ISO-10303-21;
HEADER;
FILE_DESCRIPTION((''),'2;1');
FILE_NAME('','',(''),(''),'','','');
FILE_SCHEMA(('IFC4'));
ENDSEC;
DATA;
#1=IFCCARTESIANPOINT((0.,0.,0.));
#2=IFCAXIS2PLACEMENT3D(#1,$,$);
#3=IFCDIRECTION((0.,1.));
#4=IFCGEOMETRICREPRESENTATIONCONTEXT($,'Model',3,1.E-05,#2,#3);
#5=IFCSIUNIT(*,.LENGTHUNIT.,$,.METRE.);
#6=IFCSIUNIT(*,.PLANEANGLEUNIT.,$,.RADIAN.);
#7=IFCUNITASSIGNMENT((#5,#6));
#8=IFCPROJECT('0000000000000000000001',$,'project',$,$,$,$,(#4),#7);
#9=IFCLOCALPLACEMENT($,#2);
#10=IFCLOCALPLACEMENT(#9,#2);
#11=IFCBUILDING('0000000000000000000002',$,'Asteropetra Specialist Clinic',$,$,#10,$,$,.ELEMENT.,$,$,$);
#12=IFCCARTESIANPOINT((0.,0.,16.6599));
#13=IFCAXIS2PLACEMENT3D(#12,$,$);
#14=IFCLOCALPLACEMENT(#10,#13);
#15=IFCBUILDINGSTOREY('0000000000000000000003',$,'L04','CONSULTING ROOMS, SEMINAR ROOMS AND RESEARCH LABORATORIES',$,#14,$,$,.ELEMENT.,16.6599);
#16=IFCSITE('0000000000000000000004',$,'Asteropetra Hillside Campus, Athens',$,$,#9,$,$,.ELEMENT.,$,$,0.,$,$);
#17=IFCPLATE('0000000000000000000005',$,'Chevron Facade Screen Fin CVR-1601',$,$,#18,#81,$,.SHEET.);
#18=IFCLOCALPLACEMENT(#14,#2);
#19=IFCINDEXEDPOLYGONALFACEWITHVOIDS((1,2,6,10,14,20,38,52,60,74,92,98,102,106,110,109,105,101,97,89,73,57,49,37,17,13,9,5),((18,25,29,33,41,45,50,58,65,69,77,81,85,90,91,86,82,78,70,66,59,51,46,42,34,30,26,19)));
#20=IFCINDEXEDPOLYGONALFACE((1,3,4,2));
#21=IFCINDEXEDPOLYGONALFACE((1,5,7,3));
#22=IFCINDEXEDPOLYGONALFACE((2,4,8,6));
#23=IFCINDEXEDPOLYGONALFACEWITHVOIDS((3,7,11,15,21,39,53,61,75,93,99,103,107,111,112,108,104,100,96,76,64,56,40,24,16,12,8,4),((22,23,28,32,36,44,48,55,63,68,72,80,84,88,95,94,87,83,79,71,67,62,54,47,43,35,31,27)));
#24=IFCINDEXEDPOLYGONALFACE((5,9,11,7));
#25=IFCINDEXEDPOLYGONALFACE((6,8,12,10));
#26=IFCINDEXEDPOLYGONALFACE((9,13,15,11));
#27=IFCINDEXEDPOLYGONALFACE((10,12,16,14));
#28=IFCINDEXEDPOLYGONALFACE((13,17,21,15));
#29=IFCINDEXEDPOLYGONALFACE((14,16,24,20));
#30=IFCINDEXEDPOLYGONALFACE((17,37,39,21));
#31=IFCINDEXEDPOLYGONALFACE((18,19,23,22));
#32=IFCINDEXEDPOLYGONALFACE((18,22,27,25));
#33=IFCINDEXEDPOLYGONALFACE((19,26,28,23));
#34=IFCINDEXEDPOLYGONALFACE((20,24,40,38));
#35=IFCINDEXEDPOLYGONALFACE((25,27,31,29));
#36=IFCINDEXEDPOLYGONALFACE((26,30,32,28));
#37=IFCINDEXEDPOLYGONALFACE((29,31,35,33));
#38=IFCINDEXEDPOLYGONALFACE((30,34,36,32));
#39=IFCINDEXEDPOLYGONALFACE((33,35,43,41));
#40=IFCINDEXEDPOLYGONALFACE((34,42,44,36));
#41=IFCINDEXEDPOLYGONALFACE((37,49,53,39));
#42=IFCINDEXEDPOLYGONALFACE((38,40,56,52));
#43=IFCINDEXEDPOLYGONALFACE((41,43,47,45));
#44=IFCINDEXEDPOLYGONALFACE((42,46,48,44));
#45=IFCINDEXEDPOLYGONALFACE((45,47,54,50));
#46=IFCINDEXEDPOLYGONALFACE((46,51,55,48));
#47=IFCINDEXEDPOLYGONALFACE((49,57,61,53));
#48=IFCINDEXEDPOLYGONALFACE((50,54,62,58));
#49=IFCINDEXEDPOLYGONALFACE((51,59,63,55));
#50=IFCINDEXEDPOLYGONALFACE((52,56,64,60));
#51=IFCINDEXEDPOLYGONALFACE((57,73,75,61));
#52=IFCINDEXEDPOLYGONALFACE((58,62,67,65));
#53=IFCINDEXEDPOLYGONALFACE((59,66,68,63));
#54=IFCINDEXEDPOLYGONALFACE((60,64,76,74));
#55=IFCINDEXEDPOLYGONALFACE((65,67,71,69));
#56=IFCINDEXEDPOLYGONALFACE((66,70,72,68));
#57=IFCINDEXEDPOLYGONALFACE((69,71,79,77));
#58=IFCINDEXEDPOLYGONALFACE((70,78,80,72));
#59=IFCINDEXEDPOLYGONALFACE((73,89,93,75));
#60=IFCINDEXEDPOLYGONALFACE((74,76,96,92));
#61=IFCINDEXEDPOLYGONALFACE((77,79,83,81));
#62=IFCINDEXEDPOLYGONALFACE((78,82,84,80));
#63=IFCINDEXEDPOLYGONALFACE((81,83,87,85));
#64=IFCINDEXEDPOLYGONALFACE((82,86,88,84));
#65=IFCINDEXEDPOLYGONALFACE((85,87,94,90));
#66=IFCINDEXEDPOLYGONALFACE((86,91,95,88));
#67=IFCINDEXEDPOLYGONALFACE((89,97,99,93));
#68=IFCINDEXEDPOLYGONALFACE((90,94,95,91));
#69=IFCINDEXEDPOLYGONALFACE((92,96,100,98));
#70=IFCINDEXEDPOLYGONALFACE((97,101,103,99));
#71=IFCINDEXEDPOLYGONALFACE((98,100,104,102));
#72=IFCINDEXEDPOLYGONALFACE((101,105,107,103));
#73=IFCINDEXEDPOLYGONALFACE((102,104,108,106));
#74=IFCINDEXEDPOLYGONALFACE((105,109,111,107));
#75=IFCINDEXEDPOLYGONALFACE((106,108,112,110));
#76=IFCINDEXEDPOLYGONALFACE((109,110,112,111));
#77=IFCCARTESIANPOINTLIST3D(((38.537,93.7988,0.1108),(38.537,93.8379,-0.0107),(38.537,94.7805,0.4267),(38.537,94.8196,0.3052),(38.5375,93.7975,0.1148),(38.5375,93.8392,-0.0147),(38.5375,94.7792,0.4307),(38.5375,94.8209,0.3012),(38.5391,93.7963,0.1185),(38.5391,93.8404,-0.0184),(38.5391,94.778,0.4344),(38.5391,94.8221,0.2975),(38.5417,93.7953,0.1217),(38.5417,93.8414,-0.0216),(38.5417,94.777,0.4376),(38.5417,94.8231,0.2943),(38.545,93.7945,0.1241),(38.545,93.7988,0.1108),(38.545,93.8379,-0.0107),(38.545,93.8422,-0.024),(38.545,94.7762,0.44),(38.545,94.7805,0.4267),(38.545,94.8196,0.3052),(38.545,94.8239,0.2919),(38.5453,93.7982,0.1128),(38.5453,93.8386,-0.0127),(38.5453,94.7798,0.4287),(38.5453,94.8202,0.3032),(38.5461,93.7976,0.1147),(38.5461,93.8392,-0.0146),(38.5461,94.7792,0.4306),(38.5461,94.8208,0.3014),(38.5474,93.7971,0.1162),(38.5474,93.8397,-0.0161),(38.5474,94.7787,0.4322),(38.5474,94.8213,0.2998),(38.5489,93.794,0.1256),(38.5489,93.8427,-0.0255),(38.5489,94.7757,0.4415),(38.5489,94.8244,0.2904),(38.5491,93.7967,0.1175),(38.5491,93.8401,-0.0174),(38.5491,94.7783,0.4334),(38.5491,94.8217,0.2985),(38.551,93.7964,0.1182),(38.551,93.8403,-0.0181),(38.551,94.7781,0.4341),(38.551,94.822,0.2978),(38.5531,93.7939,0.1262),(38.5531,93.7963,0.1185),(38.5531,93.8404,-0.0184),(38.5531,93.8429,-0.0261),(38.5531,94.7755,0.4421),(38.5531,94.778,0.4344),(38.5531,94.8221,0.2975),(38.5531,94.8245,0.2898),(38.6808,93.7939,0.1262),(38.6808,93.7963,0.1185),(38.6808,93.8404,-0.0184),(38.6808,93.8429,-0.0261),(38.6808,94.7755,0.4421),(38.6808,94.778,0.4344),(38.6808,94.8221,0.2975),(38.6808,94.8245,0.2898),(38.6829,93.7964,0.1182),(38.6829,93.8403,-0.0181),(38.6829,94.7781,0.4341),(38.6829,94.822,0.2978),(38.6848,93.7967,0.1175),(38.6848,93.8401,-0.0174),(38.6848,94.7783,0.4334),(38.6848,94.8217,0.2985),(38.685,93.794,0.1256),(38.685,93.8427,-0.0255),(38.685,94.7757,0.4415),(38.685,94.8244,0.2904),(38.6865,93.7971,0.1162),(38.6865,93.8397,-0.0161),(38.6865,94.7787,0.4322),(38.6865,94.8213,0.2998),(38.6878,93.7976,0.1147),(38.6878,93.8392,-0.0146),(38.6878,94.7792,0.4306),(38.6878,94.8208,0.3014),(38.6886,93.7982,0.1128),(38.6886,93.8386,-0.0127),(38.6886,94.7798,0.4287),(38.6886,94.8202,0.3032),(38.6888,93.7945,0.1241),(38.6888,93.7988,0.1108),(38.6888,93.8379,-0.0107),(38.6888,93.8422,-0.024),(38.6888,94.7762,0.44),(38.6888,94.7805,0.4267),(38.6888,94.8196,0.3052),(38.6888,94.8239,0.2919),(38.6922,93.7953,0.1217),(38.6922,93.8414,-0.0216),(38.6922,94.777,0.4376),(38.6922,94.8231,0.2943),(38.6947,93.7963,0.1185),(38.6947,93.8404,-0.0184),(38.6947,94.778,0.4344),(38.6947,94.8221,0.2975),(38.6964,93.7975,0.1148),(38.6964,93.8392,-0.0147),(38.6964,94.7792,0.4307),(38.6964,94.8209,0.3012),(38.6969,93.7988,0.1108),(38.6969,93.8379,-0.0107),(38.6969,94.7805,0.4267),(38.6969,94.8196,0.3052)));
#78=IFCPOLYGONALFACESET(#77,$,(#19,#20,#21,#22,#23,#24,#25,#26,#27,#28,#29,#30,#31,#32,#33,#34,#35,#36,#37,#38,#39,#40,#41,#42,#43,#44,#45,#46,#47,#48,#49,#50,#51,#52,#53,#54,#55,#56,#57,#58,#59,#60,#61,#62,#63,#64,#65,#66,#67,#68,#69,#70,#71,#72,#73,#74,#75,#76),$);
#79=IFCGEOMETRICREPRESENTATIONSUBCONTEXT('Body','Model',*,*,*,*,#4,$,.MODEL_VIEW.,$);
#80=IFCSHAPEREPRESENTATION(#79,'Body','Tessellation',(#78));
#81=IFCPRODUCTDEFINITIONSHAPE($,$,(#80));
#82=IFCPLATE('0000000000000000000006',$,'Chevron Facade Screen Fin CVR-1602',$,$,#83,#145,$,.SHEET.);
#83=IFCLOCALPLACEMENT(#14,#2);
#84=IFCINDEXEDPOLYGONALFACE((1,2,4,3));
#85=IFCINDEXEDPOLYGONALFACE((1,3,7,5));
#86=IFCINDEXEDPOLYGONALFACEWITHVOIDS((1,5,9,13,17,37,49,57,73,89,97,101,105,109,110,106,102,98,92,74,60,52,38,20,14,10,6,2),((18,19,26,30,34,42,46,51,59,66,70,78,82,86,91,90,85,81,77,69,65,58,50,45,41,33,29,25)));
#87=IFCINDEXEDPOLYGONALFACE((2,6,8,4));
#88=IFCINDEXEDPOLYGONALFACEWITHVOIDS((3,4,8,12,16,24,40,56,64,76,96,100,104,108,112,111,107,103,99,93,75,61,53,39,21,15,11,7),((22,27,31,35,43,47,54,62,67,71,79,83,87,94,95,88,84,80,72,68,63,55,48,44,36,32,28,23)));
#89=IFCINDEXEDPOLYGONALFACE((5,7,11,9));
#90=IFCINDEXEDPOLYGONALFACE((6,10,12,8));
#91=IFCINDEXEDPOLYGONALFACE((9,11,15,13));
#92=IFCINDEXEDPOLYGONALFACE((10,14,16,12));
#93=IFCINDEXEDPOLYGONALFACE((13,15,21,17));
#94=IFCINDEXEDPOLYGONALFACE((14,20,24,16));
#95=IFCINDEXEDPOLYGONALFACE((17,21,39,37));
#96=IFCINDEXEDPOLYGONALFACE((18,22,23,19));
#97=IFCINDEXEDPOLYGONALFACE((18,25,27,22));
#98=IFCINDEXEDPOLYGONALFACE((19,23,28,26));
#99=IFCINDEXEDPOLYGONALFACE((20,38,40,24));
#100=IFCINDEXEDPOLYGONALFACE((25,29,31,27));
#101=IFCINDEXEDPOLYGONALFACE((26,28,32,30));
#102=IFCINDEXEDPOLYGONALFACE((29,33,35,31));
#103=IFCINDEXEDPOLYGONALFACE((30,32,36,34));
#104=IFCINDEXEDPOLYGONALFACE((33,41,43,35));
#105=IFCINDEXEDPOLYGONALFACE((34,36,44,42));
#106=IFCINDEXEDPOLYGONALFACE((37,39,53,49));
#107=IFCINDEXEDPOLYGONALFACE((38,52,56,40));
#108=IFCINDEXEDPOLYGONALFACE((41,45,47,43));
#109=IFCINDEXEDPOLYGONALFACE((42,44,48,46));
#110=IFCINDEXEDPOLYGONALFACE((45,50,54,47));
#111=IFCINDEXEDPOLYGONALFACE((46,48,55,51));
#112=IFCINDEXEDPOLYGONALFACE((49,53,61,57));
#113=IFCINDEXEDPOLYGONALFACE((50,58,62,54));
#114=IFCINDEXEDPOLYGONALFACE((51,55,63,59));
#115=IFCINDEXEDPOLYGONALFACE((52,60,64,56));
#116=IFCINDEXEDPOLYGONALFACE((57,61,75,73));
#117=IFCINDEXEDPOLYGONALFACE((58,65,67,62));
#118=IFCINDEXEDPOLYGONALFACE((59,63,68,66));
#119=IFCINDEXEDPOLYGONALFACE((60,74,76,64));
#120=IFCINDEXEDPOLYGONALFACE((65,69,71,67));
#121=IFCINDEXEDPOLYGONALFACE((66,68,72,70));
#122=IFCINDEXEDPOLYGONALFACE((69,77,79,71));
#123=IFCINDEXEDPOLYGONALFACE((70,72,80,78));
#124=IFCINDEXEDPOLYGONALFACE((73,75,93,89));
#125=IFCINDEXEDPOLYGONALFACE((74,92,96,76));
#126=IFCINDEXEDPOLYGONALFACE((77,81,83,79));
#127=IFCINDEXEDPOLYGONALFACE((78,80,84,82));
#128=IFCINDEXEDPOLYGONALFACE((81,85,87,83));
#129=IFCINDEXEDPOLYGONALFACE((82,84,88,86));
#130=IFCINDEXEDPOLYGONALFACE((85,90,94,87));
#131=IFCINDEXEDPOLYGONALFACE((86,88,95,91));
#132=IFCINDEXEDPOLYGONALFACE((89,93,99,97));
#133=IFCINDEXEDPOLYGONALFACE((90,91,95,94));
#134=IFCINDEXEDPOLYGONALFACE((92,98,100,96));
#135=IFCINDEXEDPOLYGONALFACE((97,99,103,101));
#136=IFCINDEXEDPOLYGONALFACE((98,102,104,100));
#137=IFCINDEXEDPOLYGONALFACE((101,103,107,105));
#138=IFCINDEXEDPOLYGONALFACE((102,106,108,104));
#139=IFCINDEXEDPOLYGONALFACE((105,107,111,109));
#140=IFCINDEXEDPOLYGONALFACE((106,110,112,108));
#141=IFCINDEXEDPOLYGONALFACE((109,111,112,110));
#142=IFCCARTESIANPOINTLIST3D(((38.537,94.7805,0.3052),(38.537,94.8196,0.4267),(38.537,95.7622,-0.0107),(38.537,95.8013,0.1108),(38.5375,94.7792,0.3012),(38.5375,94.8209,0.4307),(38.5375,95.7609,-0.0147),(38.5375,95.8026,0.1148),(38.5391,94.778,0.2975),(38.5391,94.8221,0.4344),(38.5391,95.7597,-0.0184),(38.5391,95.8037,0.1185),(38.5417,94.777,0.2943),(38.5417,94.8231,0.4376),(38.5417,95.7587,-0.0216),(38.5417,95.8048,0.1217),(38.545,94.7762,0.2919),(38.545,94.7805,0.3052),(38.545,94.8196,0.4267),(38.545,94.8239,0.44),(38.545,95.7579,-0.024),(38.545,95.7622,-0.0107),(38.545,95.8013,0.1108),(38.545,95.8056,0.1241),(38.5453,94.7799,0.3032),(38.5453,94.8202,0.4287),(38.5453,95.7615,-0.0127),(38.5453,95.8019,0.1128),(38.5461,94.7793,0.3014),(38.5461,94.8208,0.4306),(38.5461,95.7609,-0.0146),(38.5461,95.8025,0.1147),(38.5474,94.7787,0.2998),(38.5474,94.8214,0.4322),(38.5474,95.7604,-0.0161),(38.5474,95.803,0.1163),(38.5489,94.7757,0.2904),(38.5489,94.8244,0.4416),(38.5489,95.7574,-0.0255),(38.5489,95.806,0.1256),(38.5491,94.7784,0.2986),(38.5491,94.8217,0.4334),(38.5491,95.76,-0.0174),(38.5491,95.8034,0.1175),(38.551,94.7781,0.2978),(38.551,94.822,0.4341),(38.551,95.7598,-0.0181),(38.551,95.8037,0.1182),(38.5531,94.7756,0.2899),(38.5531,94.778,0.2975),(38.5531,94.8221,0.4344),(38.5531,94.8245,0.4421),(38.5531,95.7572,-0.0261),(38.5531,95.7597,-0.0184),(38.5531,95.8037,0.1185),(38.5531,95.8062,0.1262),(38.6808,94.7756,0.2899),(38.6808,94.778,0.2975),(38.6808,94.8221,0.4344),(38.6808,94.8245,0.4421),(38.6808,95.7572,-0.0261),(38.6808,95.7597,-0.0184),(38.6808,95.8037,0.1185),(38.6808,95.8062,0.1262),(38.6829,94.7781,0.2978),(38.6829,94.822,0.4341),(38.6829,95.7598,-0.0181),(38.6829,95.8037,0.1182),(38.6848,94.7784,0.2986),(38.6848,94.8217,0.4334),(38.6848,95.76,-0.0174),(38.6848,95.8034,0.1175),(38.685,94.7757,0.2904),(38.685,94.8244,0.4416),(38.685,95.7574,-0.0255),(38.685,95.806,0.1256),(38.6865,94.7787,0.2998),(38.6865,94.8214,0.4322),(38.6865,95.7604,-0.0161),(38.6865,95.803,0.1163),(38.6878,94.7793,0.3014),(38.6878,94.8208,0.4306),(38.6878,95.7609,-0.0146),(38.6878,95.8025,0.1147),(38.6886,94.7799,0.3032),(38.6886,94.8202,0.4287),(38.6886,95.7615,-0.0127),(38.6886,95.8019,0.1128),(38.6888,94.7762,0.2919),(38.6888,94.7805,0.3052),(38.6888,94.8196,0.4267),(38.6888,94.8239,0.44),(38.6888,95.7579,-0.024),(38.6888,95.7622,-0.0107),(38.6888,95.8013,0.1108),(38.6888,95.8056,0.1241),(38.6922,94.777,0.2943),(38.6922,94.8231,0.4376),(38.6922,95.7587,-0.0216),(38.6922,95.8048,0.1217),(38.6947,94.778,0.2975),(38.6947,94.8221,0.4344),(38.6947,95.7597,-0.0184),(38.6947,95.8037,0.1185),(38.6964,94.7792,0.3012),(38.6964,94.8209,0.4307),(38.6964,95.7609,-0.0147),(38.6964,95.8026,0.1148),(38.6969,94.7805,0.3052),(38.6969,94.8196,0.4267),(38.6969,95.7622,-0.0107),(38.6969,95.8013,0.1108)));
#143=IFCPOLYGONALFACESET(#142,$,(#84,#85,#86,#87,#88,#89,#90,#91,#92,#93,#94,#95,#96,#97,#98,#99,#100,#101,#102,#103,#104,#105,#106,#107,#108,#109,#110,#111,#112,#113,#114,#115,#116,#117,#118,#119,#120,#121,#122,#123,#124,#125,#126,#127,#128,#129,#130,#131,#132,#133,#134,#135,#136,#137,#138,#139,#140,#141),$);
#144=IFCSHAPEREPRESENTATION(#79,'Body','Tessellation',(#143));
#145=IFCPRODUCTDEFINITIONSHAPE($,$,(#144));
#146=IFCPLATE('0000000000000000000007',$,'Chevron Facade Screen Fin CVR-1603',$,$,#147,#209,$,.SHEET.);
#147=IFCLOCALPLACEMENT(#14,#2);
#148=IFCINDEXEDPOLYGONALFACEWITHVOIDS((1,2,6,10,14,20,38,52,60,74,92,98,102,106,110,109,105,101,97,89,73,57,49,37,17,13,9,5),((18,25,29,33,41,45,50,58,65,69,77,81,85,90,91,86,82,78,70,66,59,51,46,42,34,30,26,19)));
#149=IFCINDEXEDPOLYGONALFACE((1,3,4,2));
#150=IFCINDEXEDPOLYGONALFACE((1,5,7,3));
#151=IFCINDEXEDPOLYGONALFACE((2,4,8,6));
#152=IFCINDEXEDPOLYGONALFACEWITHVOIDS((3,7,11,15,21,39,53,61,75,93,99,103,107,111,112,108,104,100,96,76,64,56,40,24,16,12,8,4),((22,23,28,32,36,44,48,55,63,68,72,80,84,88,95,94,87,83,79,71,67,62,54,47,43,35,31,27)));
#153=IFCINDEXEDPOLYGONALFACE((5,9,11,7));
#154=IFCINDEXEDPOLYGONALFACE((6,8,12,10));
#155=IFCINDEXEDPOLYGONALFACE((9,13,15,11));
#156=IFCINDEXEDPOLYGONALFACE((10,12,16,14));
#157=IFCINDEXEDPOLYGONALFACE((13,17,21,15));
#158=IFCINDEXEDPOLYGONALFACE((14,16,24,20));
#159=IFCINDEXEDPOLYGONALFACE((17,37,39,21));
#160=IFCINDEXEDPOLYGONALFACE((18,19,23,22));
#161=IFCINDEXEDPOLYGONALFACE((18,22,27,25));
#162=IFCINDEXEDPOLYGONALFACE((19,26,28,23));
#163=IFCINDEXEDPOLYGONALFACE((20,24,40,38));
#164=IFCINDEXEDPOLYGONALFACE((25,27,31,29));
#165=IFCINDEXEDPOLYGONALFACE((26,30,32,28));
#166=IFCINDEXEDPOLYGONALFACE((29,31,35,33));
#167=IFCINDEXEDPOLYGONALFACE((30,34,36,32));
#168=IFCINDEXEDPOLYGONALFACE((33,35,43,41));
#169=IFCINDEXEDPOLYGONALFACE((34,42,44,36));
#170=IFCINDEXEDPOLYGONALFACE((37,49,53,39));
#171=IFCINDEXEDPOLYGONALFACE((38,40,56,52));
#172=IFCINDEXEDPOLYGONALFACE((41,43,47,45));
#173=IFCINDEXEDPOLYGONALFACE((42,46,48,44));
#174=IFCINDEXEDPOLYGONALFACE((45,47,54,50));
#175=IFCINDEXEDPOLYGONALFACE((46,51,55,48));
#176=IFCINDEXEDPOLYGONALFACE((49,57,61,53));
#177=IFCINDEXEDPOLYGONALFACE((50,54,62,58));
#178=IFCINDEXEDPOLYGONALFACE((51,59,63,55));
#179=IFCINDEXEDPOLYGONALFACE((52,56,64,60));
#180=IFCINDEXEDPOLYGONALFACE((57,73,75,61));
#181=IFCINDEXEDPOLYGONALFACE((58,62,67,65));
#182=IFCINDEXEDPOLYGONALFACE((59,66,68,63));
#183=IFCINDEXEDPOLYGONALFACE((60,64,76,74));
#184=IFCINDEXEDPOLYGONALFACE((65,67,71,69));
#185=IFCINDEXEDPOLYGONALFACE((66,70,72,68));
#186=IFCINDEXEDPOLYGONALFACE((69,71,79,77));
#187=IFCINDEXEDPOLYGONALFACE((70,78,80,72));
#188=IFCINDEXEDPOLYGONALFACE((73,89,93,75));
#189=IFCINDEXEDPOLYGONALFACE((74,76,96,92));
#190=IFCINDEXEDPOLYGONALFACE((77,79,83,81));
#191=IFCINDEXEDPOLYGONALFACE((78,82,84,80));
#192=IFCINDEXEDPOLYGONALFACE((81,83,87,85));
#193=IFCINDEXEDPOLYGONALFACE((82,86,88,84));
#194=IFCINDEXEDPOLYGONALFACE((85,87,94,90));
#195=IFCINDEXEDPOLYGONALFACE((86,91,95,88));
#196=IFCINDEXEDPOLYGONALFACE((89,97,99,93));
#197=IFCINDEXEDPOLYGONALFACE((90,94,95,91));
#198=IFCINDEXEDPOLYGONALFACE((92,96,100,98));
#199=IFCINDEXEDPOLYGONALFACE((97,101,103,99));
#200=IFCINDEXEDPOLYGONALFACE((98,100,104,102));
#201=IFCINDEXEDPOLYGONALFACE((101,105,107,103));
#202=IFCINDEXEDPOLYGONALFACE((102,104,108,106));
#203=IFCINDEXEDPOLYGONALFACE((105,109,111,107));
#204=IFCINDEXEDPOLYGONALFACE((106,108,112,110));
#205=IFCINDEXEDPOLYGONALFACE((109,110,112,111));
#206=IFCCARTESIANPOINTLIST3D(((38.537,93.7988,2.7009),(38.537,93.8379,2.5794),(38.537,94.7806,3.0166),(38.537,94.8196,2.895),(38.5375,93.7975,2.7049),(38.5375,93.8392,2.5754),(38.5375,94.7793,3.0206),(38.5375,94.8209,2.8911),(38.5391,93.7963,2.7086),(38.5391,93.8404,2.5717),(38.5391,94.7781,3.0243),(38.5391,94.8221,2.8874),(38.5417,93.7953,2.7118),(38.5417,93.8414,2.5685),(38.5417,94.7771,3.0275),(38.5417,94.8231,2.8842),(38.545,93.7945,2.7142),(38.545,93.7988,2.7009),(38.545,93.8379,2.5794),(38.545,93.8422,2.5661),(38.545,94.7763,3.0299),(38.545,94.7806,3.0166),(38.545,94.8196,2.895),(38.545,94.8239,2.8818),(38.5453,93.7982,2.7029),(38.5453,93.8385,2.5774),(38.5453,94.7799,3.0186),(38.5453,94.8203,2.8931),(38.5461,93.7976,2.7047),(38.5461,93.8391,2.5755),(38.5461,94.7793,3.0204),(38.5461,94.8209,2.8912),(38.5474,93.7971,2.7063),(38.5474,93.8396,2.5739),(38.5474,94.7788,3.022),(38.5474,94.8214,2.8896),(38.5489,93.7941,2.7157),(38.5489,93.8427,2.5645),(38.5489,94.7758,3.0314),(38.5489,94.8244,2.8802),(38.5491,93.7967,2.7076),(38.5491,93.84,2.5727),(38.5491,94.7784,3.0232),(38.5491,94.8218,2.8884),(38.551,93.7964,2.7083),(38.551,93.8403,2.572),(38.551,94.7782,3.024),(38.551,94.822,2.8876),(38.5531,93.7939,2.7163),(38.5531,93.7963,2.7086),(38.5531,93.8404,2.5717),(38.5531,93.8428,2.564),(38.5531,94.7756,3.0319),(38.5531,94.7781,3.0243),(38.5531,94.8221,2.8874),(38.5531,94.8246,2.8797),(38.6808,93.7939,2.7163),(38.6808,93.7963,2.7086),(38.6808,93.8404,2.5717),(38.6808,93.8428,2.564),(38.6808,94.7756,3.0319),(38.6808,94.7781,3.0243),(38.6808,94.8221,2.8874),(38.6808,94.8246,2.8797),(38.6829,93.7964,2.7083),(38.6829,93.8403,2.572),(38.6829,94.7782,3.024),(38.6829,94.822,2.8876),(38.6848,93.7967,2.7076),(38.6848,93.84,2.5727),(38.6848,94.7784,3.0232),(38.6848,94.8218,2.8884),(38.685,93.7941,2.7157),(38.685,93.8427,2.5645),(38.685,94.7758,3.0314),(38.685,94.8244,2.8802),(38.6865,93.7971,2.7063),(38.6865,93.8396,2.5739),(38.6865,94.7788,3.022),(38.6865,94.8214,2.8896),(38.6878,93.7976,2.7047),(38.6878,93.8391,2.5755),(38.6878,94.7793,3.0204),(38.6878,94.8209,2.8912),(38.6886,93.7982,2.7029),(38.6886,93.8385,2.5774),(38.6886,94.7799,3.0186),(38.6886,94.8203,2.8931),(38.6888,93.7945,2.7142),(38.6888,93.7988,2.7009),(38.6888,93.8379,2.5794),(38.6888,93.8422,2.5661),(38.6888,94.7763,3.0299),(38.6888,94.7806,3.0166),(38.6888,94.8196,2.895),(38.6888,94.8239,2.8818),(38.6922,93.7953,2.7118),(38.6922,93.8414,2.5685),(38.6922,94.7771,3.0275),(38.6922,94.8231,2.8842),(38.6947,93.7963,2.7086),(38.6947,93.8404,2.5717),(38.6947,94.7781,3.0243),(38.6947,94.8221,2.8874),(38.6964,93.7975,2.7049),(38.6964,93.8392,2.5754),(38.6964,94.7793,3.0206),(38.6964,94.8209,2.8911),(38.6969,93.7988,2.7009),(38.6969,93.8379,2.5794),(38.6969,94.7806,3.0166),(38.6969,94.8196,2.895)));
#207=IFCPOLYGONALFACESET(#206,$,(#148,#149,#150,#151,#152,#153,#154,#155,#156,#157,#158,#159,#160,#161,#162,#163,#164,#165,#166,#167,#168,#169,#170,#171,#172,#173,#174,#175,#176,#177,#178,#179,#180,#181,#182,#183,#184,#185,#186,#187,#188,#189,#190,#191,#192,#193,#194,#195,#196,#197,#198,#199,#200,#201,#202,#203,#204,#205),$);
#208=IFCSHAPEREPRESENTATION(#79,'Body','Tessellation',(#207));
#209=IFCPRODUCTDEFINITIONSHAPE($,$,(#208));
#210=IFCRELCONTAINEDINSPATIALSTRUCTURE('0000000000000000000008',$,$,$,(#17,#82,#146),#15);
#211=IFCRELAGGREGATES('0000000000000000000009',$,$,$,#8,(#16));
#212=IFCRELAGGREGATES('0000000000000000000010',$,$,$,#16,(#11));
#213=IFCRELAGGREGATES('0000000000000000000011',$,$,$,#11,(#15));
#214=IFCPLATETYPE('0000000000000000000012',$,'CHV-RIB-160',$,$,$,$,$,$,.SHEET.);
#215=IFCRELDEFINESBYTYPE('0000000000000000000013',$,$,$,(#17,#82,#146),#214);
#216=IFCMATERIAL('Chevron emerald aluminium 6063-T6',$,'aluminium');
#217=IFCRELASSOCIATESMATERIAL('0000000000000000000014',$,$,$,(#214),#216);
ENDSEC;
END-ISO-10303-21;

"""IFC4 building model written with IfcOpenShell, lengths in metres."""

from ifc_helpers import new_model, si_unit, direction, frame, origin, origin_2d, place, context, subcontext, project, spatial, hollow_rectangle, extrude, material, material_profile, profile_set, type_object, element, save


model = new_model("IFC4")

# Units and contexts
model_context = context("Model", 3, precision=1e-05, world=origin(), true_north=direction((0.0, 1.0)))
body_context = subcontext(model_context, "Body", "Model", "MODEL_VIEW")
ifc_project = project(units=[si_unit("LENGTHUNIT", "METRE"), si_unit("PLANEANGLEUNIT", "RADIAN")], contexts=[model_context])

# Site, building, storey
site_placement = place(None, origin())
site = spatial("IfcSite", under=ifc_project, at=site_placement, Name="Asteropetra Hillside Campus, Athens", CompositionType="ELEMENT", RefElevation=0.0)
building_placement = place(site_placement, origin())
building = spatial("IfcBuilding", under=site, at=building_placement, Name="Asteropetra Specialist Clinic", CompositionType="ELEMENT")
storey_placement = place(building_placement, frame((0.0, 0.0, 16.6599)))
storey = spatial("IfcBuildingStorey", under=building, at=storey_placement, Name="L04", Description="CONSULTING ROOMS, SEMINAR ROOMS AND RESEARCH LABORATORIES", CompositionType="ELEMENT", Elevation=16.6599)

# Plates
ifc_material_1 = material(Name="Chevron emerald aluminium 6063-T6", Category="aluminium")
ifc_material_profile = material_profile(ifc_material_1, hollow_rectangle(XDim=0.1599, YDim=0.1599, WallThickness=0.0081, InnerFilletRadius=0.0081, OuterFilletRadius=0.0161, at=origin_2d()), Name="SHS 160x160x8.0")
ifc_profile_set = profile_set([ifc_material_profile], Name="Chevron emerald aluminium 6063-T6")
plate_type = type_object("IfcPlateType", Name="CHV-RIB-160", PredefinedType="SHEET", material=ifc_profile_set)
for number, where, z_axis, x_axis, name in (
    (1, (38.6169, 93.8184, 0.05), (0.0, 0.951923, 0.306339), (-1.0, 0.0, 0.0), "Chevron Facade Screen Fin CVR-1601"),
    (2, (38.6169, 94.8, 0.366), (0.0, 0.951923, -0.306339), (-1.0, 0.0, 0.0), "Chevron Facade Screen Fin CVR-1602"),
    (3, (38.6169, 93.8184, 2.6401), (0.0, 0.951992, 0.306124), (-1.0, 0.0, 0.0), "Chevron Facade Screen Fin CVR-1603"),
):
    element("IfcPlate", number, at=place(storey_placement, frame(where, z_axis=z_axis, x_axis=x_axis)), inside=storey, type_object=plate_type, Name=name, PredefinedType="SHEET", context=body_context, shape_type="SweptSolid", body=[
        extrude(hollow_rectangle(XDim=0.1599, YDim=0.1599, WallThickness=0.0081, InnerFilletRadius=0.0081, OuterFilletRadius=0.0161, at=origin_2d()), origin(), (0.0, 0.0, 1.0), 1.0312),
    ])

save(model, "model.ifc")
